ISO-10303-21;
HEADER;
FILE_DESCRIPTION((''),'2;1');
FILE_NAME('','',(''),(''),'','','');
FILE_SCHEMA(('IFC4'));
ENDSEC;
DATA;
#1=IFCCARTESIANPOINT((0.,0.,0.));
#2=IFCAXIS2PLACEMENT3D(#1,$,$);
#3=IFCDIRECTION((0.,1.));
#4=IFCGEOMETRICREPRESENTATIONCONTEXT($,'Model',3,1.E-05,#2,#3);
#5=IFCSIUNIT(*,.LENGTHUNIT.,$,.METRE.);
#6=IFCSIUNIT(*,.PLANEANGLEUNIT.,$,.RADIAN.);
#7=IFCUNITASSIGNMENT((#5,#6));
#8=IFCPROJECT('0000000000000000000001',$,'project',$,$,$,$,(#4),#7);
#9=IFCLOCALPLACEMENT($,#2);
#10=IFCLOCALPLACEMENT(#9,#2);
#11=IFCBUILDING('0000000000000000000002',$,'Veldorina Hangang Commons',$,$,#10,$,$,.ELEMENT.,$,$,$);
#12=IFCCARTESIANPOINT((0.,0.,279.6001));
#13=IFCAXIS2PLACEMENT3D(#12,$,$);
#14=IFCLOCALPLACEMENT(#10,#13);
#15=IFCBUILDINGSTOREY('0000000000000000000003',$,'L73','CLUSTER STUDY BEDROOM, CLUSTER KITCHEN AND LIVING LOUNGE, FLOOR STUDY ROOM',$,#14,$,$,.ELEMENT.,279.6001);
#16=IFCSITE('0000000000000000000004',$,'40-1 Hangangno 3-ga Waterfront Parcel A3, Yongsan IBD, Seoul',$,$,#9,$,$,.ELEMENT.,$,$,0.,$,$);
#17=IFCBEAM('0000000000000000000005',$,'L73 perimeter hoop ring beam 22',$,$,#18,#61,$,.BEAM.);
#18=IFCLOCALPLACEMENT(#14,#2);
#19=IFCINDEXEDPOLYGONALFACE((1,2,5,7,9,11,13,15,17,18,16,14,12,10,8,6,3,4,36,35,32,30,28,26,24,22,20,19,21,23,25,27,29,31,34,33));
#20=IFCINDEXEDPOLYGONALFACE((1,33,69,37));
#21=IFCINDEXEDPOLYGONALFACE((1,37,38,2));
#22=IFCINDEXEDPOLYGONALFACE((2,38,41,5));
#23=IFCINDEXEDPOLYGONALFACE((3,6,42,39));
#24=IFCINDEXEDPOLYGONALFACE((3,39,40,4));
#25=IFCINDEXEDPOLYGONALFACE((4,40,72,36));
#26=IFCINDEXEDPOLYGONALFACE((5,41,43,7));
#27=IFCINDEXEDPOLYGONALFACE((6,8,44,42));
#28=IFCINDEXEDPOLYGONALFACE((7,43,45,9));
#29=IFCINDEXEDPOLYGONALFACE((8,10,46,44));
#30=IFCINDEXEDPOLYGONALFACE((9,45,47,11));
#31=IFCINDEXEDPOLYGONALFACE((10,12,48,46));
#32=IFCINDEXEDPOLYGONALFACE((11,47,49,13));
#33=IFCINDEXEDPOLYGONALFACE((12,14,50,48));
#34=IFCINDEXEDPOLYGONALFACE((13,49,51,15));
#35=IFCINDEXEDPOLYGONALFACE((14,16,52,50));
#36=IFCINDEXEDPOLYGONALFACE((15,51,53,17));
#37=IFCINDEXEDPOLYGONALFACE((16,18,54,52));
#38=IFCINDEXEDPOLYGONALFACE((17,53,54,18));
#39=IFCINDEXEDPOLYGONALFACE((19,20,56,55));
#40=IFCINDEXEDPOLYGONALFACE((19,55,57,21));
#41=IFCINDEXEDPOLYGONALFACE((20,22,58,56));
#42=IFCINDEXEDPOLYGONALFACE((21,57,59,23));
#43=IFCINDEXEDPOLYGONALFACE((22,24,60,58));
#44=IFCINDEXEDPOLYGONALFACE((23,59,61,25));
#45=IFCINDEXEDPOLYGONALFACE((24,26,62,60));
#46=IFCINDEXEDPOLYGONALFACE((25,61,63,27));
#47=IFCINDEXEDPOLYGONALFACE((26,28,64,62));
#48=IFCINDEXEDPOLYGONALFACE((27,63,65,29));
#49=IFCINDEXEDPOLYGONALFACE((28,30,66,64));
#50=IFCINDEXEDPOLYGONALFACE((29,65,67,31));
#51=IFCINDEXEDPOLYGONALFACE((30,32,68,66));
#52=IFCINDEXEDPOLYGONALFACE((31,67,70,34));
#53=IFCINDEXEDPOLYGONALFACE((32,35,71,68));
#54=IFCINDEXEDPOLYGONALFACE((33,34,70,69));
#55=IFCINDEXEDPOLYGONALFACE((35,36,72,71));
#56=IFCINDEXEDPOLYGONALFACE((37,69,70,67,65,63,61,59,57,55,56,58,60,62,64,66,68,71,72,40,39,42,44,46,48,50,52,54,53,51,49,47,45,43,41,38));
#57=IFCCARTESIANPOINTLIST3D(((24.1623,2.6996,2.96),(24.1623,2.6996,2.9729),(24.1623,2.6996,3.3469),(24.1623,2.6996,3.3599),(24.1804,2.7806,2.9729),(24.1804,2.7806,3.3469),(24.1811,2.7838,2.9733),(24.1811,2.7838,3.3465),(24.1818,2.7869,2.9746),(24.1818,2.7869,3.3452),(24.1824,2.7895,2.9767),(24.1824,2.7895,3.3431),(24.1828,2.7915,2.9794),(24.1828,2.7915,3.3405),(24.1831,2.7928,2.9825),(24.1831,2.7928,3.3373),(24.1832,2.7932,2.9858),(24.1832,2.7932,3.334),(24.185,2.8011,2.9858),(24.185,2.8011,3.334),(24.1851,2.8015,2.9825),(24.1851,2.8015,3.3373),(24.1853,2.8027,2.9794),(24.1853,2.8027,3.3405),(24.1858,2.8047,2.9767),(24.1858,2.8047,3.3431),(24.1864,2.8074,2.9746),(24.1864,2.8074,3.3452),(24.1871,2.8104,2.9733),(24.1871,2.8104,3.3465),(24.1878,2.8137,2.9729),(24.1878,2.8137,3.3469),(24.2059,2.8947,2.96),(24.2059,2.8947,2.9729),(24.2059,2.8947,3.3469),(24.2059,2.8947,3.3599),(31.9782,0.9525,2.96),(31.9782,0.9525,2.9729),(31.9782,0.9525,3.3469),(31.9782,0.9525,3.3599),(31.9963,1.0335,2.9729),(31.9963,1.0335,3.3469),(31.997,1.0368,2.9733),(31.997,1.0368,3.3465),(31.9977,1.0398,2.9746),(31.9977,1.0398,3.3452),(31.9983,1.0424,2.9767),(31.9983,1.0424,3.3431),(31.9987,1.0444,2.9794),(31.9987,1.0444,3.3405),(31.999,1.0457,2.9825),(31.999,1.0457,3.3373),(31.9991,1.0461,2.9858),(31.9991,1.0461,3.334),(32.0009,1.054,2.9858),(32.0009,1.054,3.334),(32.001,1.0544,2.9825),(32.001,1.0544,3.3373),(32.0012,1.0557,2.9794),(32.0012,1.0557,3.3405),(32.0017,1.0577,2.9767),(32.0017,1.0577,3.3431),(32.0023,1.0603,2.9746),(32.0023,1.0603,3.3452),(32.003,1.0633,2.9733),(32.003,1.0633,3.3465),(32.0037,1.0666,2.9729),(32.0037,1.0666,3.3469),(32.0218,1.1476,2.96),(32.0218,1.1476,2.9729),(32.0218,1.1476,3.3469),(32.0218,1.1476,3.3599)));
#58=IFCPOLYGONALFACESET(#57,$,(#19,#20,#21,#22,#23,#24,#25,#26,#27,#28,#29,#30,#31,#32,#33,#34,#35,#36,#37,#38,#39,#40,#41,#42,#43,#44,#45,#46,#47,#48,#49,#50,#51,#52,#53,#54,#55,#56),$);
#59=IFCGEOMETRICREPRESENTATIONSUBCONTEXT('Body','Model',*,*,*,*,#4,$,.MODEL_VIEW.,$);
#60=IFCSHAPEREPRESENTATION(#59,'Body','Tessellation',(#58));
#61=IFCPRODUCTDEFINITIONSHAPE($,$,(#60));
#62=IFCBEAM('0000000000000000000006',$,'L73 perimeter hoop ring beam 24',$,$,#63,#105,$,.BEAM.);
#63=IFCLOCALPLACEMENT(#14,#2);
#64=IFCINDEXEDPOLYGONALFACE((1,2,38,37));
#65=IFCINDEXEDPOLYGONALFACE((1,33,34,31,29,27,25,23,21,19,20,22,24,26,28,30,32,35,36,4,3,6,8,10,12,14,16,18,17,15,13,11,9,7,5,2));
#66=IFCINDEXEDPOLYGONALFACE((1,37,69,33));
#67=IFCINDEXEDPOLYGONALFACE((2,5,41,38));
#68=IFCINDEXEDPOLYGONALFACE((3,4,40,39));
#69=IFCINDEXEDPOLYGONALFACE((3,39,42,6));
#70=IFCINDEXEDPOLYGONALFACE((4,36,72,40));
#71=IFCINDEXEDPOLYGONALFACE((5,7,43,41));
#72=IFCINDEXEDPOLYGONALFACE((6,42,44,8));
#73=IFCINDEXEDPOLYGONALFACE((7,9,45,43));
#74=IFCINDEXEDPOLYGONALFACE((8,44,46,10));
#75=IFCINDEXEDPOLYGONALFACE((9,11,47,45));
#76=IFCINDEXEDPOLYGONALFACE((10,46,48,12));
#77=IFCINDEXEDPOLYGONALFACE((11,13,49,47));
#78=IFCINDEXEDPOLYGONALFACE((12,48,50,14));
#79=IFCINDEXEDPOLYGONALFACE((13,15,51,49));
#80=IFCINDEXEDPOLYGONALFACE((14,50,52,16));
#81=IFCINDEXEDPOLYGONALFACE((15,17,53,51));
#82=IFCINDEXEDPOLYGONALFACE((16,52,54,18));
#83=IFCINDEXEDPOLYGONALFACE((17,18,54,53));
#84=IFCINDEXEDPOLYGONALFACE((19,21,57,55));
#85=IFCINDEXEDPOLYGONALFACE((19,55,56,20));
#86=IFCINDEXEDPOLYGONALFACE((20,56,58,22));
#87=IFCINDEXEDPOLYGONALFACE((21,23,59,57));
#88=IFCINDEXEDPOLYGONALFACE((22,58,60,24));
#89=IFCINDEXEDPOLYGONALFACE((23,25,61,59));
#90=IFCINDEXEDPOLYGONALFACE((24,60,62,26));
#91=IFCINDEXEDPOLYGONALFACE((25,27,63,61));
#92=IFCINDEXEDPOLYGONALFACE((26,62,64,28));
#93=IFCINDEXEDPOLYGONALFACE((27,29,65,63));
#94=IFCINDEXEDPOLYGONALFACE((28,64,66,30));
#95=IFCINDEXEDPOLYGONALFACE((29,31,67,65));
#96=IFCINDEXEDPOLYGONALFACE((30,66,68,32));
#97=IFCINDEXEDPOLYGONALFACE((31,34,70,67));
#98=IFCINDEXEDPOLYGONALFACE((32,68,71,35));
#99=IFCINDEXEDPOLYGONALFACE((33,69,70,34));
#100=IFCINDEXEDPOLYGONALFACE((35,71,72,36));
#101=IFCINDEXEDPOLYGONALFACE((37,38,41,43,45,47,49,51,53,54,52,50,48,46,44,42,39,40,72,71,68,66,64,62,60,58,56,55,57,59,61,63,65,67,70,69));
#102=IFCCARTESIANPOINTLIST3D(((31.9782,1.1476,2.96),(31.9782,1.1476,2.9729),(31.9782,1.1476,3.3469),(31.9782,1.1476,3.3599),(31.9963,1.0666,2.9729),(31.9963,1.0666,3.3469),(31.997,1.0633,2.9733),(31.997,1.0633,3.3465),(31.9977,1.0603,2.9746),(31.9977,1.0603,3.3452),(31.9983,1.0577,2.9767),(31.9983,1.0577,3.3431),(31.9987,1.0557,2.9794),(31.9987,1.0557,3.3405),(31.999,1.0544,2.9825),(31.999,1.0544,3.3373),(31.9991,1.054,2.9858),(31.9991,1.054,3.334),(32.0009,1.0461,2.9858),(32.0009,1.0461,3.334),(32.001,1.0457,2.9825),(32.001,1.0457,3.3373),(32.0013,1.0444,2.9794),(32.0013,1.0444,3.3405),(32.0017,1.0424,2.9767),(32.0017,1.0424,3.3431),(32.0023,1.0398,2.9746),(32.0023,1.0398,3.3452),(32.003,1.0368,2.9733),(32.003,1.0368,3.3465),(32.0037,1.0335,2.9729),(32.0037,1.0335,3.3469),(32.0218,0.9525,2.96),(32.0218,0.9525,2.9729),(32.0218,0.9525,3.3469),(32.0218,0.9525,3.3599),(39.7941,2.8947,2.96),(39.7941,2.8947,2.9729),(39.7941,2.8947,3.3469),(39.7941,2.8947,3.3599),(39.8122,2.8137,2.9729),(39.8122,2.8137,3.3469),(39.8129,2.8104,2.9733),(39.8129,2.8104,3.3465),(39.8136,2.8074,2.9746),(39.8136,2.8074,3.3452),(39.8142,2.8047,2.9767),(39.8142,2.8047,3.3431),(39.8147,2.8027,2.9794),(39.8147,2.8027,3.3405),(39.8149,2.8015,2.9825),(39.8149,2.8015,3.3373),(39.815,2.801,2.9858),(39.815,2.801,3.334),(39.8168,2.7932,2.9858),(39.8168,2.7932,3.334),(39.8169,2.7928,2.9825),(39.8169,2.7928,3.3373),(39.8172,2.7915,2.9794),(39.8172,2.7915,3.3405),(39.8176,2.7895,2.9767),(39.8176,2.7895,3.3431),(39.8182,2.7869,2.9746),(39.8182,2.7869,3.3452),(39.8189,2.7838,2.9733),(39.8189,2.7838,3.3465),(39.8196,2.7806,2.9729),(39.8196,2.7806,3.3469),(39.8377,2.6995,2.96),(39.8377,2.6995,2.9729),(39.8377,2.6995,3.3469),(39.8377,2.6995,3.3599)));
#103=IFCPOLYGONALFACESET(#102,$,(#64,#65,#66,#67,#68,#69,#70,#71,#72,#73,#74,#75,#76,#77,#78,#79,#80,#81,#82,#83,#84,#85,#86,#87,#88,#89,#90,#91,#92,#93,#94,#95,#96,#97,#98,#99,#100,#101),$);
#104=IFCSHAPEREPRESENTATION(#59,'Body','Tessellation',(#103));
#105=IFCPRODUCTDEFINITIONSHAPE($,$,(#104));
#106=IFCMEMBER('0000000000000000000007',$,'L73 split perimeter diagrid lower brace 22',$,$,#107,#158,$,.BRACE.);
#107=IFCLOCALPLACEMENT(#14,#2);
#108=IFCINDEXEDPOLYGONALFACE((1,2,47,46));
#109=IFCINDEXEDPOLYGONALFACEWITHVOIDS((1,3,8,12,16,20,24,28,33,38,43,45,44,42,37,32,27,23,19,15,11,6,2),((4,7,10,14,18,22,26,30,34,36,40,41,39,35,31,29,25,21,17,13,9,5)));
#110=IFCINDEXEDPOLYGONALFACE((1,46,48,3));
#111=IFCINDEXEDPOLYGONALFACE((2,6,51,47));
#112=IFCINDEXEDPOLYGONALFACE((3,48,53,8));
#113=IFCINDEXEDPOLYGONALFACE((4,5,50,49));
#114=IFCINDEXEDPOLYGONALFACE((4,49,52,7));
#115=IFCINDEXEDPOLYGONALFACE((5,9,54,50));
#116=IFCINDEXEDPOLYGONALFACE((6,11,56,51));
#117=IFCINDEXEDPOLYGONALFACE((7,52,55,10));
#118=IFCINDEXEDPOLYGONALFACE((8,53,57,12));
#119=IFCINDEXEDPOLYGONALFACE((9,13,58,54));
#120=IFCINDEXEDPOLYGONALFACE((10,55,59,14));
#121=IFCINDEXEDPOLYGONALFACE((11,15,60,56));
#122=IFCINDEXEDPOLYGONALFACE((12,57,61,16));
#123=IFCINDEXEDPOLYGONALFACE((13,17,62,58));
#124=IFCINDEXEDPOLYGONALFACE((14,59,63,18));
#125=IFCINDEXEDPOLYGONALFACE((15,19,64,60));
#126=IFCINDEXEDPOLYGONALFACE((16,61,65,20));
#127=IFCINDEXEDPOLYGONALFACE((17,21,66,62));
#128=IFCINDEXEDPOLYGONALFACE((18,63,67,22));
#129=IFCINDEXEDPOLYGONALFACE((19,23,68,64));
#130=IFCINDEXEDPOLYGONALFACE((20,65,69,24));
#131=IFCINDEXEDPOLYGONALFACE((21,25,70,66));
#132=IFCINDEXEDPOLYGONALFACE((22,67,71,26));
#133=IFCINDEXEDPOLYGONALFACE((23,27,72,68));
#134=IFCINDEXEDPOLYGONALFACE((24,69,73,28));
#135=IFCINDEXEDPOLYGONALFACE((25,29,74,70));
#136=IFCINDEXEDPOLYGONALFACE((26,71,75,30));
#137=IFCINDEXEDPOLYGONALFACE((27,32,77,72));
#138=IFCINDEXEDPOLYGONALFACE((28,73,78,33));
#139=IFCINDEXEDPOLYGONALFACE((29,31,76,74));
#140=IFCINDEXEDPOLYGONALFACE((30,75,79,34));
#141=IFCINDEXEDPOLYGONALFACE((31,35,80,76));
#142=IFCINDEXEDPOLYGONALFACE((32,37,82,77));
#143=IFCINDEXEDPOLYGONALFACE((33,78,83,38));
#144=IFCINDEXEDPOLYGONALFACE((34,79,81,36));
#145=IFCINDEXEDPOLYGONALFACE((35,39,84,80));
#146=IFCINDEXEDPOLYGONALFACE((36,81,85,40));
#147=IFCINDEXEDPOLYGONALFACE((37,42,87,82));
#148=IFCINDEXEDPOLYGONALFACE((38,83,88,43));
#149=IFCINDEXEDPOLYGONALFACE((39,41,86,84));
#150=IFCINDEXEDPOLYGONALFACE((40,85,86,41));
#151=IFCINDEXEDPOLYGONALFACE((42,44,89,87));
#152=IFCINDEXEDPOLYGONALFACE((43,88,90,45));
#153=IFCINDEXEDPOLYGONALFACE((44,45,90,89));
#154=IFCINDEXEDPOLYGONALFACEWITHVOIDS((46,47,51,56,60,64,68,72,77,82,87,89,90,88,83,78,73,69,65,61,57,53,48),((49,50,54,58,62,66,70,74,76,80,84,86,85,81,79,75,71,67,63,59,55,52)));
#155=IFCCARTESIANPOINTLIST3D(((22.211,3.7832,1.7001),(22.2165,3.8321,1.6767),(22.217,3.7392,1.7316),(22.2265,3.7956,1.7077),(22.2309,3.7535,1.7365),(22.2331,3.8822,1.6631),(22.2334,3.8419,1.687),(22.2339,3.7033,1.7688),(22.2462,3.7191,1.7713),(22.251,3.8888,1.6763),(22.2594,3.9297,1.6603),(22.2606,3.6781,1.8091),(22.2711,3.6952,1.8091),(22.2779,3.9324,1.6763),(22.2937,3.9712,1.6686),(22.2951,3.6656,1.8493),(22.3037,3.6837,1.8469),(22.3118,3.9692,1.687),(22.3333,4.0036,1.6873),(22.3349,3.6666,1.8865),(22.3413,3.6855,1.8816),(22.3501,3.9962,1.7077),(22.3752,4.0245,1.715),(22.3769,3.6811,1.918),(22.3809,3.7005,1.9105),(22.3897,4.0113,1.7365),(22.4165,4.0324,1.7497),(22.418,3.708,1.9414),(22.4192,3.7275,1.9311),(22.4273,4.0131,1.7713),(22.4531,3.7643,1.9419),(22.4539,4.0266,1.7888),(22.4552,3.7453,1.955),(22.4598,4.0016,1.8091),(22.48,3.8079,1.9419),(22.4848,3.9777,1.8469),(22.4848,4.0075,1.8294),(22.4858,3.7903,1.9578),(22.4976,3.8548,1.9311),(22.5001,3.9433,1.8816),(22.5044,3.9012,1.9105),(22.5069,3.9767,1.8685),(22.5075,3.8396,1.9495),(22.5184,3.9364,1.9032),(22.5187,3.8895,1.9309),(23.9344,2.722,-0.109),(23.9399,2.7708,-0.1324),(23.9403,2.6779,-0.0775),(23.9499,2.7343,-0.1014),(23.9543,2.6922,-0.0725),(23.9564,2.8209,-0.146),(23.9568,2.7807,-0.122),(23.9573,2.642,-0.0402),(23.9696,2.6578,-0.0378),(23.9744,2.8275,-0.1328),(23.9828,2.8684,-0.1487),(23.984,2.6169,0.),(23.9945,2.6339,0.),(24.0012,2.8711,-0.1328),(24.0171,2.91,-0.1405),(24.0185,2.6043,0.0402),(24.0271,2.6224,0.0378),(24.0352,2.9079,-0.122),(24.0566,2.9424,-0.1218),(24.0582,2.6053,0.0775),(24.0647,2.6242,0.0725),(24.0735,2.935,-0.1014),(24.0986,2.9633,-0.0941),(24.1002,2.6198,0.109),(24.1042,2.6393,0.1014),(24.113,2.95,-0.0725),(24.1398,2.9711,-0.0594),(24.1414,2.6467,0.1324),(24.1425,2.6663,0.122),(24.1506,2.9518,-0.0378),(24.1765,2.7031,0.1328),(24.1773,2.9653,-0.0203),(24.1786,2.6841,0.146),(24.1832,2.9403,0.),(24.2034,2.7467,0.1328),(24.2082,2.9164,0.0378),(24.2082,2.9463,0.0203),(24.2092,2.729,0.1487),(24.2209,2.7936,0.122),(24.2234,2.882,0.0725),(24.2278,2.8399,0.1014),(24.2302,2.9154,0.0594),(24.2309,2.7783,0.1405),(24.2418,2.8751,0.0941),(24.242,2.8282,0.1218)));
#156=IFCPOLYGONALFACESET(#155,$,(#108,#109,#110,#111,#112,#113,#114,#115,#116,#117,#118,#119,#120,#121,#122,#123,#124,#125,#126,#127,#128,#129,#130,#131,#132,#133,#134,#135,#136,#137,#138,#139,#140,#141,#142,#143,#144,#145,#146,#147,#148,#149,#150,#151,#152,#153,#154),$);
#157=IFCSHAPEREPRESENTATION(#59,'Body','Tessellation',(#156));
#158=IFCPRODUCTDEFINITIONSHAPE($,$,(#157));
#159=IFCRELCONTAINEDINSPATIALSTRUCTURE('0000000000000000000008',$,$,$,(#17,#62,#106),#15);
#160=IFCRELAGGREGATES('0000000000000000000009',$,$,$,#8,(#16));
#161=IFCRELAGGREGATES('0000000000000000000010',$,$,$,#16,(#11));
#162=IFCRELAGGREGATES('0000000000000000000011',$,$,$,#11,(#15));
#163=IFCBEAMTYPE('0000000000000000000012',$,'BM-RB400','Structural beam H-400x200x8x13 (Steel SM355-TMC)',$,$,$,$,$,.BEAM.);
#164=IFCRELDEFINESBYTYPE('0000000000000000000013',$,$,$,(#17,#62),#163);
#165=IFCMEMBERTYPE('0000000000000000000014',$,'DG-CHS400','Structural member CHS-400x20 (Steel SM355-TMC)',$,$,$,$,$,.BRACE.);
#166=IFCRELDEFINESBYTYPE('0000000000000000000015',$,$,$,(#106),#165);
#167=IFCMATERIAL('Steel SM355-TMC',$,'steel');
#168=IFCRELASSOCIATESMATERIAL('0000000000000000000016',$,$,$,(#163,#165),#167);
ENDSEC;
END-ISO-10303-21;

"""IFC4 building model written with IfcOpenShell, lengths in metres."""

from ifc_helpers import new_model, si_unit, direction, frame, origin, origin_2d, place, context, subcontext, project, spatial, hollow_circle, i_section, extrude, material, material_profile, profile_set, type_object, element, save


model = new_model("IFC4")

# Units and contexts
model_context = context("Model", 3, precision=1e-05, world=origin(), true_north=direction((0.0, 1.0)))
body_context = subcontext(model_context, "Body", "Model", "MODEL_VIEW")
ifc_project = project(units=[si_unit("LENGTHUNIT", "METRE"), si_unit("PLANEANGLEUNIT", "RADIAN")], contexts=[model_context])

# Site, building, storey
site_placement = place(None, origin())
site = spatial("IfcSite", under=ifc_project, at=site_placement, Name="40-1 Hangangno 3-ga Waterfront Parcel A3, Yongsan IBD, Seoul", CompositionType="ELEMENT", RefElevation=0.0)
building_placement = place(site_placement, origin())
building = spatial("IfcBuilding", under=site, at=building_placement, Name="Veldorina Hangang Commons", CompositionType="ELEMENT")
storey_placement = place(building_placement, frame((0.0, 0.0, 279.6001)))
storey = spatial("IfcBuildingStorey", under=building, at=storey_placement, Name="L73", Description="CLUSTER STUDY BEDROOM, CLUSTER KITCHEN AND LIVING LOUNGE, FLOOR STUDY ROOM", CompositionType="ELEMENT", Elevation=279.6001)

# Beams
ifc_material_1 = material(Name="Steel SM355-TMC", Category="steel")
ifc_material_profile_1 = material_profile(ifc_material_1, i_section(OverallWidth=0.2, OverallDepth=0.3999, WebThickness=0.0081, FlangeThickness=0.0129, FilletRadius=0.0129, at=origin_2d()), Name="H-400x200x8x13")
ifc_profile_set_1 = profile_set([ifc_material_profile_1], Name="Steel SM355-TMC")
beam_type = type_object("IfcBeamType", Name="BM-RB400", Description="Structural beam H-400x200x8x13 (Steel SM355-TMC)", PredefinedType="BEAM", material=ifc_profile_set_1)
for number, where, z_axis, x_axis, name in (
    (1, (24.1841, 2.7971, 3.1599), (0.975917, -0.218144, 0.0), (0.218144, 0.975917, 0.0), "L73 perimeter hoop ring beam 22"),
    (2, (32.0, 1.05, 3.1599), (0.975917, 0.218144, 0.0), (-0.218144, 0.975917, 0.0), "L73 perimeter hoop ring beam 24"),
):
    element("IfcBeam", number, at=place(storey_placement, frame(where, z_axis=z_axis, x_axis=x_axis)), inside=storey, type_object=beam_type, Name=name, PredefinedType="BEAM", context=body_context, shape_type="SweptSolid", body=[
        extrude(i_section(OverallWidth=0.2, OverallDepth=0.3999, WebThickness=0.0081, FlangeThickness=0.0129, FilletRadius=0.0129, at=origin_2d()), origin(), (0.0, 0.0, 1.0), 8.0088),
    ])

# Member
ifc_material_profile_2 = material_profile(ifc_material_1, hollow_circle(Radius=0.2, WallThickness=0.02, at=origin_2d()), Name="CHS-400x20")
ifc_profile_set_2 = profile_set([ifc_material_profile_2], Name="Steel SM355-TMC")
member_type_1 = type_object("IfcMemberType", Name="DG-CHS400", Description="Structural member CHS-400x20 (Steel SM355-TMC)", PredefinedType="BRACE", material=ifc_profile_set_2)
member_1_placement = place(storey_placement, frame((24.0889, 2.7871, 0.0), z_axis=(-0.634855, 0.39095, 0.666422), x_axis=(-0.52436, -0.851497, 0.0)))
element("IfcMember", 3, at=member_1_placement, inside=storey, type_object=member_type_1, Name="L73 split perimeter diagrid lower brace 22", PredefinedType="BRACE", context=body_context, shape_type="SweptSolid", body=[
    extrude(hollow_circle(Radius=0.2, WallThickness=0.02, at=origin_2d()), origin(), (0.0, 0.0, 1.0), 2.7146),
])

save(model, "model.ifc")
